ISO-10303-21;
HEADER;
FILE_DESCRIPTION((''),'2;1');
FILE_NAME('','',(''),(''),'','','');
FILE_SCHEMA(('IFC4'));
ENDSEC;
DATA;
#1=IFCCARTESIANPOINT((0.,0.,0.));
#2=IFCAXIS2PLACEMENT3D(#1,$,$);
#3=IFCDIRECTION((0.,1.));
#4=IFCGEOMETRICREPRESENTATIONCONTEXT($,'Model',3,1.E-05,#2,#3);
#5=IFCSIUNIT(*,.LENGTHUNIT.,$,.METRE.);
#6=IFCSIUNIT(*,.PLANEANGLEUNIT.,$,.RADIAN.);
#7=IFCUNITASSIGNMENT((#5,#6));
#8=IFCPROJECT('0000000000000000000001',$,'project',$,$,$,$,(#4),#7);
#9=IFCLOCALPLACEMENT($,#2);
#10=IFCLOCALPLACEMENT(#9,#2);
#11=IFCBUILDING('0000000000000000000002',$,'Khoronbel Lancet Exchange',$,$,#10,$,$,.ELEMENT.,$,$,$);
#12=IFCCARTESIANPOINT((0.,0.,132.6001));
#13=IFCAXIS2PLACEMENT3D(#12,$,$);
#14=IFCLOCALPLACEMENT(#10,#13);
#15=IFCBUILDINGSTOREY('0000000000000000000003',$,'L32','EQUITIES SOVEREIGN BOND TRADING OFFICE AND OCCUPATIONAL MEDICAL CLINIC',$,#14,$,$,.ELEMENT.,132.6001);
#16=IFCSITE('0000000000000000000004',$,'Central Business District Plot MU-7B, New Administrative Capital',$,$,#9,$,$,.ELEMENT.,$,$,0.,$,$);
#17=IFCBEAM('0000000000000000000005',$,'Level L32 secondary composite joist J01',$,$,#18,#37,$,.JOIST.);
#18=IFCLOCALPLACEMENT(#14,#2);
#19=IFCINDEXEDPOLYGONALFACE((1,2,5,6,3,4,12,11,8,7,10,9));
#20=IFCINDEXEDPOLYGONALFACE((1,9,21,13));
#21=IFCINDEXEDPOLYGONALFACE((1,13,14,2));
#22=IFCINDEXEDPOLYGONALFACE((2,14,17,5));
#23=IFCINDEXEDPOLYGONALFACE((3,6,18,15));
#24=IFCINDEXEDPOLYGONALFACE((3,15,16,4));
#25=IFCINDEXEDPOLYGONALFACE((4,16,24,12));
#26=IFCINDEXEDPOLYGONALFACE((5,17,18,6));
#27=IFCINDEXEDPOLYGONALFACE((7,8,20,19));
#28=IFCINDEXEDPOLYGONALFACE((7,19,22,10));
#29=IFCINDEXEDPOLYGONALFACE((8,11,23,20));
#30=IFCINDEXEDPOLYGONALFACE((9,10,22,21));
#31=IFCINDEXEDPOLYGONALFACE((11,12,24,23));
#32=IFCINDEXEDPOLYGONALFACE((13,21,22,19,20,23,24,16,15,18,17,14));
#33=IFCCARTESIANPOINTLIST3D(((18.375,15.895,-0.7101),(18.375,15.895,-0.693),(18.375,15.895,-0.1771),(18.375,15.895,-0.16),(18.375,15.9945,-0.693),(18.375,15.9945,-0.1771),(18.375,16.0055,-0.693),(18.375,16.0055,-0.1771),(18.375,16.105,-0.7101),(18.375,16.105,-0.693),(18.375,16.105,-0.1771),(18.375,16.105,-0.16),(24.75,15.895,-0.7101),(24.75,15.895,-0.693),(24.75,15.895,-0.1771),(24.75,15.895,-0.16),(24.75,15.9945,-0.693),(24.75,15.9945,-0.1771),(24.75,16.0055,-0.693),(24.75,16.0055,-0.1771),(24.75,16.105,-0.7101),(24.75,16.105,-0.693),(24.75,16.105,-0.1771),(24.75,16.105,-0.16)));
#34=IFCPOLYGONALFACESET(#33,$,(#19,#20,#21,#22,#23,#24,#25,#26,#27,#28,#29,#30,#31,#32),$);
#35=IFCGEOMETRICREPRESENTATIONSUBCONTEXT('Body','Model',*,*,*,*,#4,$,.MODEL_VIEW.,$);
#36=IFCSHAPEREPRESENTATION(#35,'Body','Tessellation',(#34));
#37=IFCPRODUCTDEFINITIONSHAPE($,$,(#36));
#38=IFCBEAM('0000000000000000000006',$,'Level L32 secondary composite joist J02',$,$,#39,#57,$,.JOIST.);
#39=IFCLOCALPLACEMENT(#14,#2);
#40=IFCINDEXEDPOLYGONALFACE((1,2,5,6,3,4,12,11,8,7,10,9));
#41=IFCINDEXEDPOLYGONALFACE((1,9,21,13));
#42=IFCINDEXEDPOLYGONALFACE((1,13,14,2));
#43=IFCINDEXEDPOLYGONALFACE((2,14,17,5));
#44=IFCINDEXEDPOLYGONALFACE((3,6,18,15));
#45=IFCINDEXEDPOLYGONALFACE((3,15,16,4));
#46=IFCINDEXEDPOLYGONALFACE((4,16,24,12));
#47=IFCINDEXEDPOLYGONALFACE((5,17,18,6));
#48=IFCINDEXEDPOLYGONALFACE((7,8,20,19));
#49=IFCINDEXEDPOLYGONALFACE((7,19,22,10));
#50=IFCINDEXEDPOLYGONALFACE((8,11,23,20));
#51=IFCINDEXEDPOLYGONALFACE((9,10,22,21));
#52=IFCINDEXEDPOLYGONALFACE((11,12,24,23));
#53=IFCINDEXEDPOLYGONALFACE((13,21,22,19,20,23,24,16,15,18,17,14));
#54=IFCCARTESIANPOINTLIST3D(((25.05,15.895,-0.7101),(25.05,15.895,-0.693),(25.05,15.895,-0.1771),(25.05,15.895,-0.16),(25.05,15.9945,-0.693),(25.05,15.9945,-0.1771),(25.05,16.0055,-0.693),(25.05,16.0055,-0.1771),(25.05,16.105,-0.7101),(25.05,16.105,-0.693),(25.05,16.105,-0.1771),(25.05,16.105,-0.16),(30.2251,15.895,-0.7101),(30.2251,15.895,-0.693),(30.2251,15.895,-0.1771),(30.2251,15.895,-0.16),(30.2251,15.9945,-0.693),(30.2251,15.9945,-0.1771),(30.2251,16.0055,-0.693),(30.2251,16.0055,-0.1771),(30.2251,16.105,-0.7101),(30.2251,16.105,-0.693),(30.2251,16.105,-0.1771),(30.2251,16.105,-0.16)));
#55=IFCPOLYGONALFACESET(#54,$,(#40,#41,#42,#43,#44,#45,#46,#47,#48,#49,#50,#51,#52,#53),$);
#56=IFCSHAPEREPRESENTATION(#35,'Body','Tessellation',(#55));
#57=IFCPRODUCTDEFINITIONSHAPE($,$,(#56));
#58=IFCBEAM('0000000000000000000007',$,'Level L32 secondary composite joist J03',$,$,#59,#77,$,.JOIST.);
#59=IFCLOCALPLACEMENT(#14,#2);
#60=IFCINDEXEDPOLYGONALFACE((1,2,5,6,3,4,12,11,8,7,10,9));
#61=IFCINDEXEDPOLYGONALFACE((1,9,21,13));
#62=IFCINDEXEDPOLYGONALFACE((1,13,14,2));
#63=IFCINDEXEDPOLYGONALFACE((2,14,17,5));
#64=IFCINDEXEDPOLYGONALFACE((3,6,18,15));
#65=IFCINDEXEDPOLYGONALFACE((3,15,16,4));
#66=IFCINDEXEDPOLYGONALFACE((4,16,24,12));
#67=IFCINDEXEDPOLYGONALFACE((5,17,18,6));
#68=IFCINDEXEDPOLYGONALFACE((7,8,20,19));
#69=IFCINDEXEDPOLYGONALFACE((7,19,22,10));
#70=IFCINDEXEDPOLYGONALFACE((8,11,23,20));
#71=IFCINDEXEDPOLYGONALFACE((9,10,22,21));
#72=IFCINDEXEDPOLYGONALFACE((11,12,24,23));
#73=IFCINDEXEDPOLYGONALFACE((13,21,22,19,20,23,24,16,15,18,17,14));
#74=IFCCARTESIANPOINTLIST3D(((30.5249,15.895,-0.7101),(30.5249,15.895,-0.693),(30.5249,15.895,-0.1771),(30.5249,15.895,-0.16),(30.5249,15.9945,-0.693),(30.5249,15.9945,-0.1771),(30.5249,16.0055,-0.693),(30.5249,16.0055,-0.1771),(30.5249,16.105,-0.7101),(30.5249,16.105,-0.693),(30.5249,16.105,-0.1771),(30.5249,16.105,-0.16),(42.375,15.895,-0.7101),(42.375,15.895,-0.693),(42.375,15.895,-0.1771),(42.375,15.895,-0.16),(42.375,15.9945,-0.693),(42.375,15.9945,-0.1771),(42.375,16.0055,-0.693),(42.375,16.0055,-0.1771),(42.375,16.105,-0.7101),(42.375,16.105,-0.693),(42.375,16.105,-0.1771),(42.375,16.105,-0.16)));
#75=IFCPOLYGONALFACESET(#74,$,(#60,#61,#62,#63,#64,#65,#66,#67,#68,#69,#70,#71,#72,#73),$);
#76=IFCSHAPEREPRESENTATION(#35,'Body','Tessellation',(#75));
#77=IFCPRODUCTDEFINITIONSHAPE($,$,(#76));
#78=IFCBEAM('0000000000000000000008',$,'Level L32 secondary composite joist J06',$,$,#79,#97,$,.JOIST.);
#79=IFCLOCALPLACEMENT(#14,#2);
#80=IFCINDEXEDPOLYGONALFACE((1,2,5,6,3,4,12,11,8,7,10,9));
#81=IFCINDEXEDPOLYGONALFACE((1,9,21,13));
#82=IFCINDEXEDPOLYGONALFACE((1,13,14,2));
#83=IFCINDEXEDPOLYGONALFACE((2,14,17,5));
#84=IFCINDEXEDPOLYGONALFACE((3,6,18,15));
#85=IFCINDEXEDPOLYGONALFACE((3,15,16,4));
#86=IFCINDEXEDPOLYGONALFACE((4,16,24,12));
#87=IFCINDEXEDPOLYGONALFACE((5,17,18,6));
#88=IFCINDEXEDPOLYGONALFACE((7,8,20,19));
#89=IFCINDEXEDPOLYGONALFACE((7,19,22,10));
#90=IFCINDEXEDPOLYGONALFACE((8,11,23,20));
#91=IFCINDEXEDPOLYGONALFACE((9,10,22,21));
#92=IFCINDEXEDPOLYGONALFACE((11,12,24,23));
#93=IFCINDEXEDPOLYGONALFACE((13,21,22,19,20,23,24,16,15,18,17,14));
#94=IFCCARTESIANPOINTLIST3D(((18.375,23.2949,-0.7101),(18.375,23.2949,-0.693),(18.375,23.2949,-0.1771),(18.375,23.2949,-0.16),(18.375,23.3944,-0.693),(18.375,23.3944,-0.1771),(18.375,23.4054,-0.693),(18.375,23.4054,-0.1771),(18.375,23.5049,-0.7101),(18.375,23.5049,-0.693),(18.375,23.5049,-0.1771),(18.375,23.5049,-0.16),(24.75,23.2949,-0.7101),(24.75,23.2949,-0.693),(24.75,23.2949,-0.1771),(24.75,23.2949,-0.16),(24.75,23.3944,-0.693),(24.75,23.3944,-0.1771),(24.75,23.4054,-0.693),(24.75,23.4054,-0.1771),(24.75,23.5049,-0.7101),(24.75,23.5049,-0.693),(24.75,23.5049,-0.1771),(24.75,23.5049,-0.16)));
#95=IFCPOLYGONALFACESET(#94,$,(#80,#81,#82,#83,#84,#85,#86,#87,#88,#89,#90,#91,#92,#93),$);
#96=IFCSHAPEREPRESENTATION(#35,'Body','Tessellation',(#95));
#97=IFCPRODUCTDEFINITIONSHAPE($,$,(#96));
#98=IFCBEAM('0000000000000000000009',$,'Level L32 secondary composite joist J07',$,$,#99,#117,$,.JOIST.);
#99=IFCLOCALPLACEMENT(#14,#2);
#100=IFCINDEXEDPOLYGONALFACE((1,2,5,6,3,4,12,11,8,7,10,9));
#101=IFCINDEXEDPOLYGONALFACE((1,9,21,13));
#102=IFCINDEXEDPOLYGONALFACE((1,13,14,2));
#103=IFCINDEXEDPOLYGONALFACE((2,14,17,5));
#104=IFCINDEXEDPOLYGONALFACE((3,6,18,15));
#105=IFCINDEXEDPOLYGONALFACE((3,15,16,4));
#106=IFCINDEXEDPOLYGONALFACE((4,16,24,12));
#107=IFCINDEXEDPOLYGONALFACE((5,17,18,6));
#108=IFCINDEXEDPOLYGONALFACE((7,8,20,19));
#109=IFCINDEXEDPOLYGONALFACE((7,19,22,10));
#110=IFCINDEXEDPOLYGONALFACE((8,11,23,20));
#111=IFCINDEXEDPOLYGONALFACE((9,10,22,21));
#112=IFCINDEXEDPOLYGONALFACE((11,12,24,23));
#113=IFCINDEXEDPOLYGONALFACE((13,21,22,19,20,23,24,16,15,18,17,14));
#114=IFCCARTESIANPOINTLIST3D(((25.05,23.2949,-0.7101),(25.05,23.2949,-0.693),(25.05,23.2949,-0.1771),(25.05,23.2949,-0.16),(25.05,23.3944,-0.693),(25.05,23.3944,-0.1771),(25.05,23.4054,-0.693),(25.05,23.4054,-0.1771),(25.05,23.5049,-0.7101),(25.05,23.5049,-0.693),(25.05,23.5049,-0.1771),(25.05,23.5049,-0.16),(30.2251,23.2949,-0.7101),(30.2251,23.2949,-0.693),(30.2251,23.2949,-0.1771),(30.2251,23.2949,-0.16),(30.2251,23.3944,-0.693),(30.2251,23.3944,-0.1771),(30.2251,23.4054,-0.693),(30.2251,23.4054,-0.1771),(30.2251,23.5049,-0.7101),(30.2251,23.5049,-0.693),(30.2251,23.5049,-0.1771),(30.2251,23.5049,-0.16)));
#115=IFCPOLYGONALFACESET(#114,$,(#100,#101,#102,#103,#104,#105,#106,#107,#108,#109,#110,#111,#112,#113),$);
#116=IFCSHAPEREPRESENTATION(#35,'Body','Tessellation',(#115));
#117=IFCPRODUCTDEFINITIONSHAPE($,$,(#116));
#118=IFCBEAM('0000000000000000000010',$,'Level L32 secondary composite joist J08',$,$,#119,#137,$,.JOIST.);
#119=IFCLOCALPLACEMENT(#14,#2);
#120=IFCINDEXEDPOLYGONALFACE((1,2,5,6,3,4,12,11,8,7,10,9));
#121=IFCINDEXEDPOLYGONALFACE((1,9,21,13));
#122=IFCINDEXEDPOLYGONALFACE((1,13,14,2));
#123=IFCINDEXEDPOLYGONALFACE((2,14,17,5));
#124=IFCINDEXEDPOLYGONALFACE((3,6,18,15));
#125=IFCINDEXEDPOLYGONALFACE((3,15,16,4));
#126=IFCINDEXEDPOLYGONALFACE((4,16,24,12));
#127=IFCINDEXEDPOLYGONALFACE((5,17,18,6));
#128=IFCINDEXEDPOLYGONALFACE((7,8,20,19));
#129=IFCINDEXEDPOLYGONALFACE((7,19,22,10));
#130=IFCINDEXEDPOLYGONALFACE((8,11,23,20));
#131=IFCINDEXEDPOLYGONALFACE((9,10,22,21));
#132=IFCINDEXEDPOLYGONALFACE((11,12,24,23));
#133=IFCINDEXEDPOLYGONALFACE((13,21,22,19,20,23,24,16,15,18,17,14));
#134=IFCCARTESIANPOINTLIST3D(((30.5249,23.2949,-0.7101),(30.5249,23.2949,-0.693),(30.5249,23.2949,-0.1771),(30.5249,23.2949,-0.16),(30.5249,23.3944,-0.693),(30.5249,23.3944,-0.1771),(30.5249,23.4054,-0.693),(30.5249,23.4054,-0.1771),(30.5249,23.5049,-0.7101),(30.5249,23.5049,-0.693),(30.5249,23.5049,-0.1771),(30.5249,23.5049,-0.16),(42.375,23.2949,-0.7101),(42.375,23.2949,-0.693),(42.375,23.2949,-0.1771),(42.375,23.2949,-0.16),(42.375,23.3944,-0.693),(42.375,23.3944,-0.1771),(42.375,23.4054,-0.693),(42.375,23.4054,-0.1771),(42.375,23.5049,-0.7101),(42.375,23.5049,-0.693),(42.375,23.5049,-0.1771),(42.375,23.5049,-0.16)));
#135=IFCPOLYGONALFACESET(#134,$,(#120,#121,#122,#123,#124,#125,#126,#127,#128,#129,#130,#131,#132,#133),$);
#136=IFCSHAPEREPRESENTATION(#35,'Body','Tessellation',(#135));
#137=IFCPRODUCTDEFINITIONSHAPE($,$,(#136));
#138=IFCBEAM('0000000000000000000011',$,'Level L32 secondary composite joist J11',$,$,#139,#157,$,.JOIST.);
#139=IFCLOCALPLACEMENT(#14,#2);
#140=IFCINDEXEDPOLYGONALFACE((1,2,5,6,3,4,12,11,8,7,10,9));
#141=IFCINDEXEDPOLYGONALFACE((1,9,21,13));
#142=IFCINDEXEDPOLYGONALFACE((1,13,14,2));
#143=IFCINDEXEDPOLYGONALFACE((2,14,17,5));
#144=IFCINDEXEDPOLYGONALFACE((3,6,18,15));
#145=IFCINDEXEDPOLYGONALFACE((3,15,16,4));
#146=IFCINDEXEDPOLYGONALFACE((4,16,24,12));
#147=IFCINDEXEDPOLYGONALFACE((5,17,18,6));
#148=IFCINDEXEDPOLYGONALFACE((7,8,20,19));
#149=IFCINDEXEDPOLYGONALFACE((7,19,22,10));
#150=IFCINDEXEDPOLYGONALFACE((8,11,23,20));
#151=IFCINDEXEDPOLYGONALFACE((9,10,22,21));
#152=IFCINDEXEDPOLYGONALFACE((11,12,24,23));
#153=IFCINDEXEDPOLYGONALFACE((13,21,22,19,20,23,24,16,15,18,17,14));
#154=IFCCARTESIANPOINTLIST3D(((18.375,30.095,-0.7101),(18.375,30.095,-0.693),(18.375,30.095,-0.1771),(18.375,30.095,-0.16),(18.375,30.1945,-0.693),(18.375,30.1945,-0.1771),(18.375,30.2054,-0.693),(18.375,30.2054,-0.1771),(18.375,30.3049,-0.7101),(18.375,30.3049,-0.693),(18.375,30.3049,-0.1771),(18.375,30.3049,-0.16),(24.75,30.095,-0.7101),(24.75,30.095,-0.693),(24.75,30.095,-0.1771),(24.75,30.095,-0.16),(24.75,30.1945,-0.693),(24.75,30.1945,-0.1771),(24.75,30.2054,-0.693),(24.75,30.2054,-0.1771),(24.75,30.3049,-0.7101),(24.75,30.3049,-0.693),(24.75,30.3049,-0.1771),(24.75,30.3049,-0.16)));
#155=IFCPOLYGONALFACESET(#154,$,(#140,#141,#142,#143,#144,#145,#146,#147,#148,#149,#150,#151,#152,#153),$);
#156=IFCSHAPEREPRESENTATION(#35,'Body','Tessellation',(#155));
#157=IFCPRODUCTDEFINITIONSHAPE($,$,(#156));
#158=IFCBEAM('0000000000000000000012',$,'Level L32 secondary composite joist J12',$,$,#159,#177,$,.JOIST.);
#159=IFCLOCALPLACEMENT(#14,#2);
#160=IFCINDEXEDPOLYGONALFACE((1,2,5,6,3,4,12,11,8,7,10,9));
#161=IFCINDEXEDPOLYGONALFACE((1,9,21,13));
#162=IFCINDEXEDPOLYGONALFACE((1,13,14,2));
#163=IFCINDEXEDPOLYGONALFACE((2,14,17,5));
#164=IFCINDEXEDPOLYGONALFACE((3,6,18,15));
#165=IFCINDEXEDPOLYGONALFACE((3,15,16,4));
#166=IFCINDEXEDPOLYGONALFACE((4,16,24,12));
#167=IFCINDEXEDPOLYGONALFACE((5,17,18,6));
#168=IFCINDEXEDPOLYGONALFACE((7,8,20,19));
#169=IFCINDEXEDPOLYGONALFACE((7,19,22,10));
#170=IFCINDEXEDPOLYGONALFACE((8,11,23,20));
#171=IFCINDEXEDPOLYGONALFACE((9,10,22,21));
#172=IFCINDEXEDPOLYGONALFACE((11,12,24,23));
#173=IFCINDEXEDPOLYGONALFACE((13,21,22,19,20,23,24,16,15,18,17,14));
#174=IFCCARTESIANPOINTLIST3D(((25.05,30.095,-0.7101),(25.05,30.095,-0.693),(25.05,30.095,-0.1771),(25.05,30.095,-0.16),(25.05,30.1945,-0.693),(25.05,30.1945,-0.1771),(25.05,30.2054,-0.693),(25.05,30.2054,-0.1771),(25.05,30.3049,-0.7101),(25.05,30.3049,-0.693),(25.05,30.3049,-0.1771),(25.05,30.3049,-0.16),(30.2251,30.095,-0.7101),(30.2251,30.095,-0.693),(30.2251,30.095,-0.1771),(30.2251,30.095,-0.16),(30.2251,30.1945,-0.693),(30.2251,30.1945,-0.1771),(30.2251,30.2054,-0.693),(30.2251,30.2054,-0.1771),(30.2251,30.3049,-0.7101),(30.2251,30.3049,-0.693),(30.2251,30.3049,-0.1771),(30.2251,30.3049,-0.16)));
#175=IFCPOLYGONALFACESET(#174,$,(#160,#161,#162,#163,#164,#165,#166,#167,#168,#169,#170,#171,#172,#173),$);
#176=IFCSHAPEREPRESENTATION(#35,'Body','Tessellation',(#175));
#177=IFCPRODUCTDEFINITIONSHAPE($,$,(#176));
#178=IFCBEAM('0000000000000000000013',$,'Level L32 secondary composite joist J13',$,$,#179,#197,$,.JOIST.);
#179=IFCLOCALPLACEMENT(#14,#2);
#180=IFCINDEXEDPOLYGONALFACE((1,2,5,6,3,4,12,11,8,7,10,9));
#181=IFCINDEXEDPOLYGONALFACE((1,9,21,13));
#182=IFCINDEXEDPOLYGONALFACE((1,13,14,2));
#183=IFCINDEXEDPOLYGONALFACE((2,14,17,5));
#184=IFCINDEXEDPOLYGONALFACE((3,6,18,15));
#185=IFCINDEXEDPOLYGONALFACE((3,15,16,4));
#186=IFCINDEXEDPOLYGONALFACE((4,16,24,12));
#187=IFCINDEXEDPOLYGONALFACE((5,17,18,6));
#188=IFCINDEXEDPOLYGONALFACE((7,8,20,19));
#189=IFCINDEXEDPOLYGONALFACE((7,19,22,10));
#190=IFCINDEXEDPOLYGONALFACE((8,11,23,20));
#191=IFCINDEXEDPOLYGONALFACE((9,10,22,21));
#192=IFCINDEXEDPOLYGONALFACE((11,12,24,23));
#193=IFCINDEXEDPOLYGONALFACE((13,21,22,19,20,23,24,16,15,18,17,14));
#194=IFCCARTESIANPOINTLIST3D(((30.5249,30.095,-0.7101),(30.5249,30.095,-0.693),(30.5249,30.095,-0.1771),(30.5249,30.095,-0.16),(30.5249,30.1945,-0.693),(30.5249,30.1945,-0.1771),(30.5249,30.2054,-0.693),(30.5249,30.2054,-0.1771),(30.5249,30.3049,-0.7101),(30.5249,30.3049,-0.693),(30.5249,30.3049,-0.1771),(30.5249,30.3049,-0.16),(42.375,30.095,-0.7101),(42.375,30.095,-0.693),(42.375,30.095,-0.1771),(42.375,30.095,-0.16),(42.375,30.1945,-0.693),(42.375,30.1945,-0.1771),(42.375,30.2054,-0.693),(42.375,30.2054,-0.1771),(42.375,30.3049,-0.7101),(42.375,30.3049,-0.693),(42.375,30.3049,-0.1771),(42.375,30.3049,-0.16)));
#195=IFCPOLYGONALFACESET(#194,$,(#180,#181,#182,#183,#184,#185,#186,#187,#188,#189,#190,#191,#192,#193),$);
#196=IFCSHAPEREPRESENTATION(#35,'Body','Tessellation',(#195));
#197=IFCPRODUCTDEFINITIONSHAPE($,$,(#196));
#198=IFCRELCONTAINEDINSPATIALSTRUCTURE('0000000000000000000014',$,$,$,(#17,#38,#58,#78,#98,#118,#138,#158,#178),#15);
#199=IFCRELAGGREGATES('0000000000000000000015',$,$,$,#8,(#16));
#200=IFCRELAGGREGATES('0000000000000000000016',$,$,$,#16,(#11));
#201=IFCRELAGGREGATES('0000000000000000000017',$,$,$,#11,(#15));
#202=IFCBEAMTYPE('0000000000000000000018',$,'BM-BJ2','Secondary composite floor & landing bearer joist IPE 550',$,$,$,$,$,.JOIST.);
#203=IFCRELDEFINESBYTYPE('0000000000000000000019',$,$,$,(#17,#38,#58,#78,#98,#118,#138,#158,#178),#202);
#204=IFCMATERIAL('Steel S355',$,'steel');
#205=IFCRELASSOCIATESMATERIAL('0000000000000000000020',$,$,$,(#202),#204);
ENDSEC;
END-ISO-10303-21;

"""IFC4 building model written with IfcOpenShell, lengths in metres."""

from ifc_helpers import new_model, si_unit, direction, frame, origin, origin_2d, place, context, subcontext, project, spatial, i_section, extrude, material, material_profile, profile_set, type_object, element, save


model = new_model("IFC4")

# Units and contexts
model_context = context("Model", 3, precision=1e-05, world=origin(), true_north=direction((0.0, 1.0)))
body_context = subcontext(model_context, "Body", "Model", "MODEL_VIEW")
ifc_project = project(units=[si_unit("LENGTHUNIT", "METRE"), si_unit("PLANEANGLEUNIT", "RADIAN")], contexts=[model_context])

# Site, building, storey
site_placement = place(None, origin())
site = spatial("IfcSite", under=ifc_project, at=site_placement, Name="Central Business District Plot MU-7B, New Administrative Capital", CompositionType="ELEMENT", RefElevation=0.0)
building_placement = place(site_placement, origin())
building = spatial("IfcBuilding", under=site, at=building_placement, Name="Khoronbel Lancet Exchange", CompositionType="ELEMENT")
storey_placement = place(building_placement, frame((0.0, 0.0, 132.6001)))
storey = spatial("IfcBuildingStorey", under=building, at=storey_placement, Name="L32", Description="EQUITIES SOVEREIGN BOND TRADING OFFICE AND OCCUPATIONAL MEDICAL CLINIC", CompositionType="ELEMENT", Elevation=132.6001)

# Beams
ifc_material_1 = material(Name="Steel S355", Category="steel")
ifc_material_profile = material_profile(ifc_material_1, i_section(OverallWidth=0.21, OverallDepth=0.55, WebThickness=0.011, FlangeThickness=0.0171, at=origin_2d()), Name="IPE 550")
ifc_profile_set = profile_set([ifc_material_profile], Name="Steel S355")
beam_type = type_object("IfcBeamType", Name="BM-BJ2", Description="Secondary composite floor & landing bearer joist IPE 550", PredefinedType="JOIST", material=ifc_profile_set)
beam_1_placement = place(storey_placement, frame((18.375, 16.0, -0.4351), z_axis=(1.0, 0.0, 0.0), x_axis=(0.0, 1.0, 0.0)))
element("IfcBeam", 1, at=beam_1_placement, inside=storey, type_object=beam_type, Name="Level L32 secondary composite joist J01", PredefinedType="JOIST", context=body_context, shape_type="SweptSolid", body=[
    extrude(i_section(OverallWidth=0.21, OverallDepth=0.55, WebThickness=0.011, FlangeThickness=0.0171, at=origin_2d()), origin(), (0.0, 0.0, 1.0), 6.375),
])
beam_2_placement = place(storey_placement, frame((25.05, 16.0, -0.4351), z_axis=(1.0, 0.0, 0.0), x_axis=(0.0, 1.0, 0.0)))
element("IfcBeam", 2, at=beam_2_placement, inside=storey, type_object=beam_type, Name="Level L32 secondary composite joist J02", PredefinedType="JOIST", context=body_context, shape_type="SweptSolid", body=[
    extrude(i_section(OverallWidth=0.21, OverallDepth=0.55, WebThickness=0.011, FlangeThickness=0.0171, at=origin_2d()), origin(), (0.0, 0.0, 1.0), 5.175),
])
beam_3_placement = place(storey_placement, frame((30.5249, 16.0, -0.4351), z_axis=(1.0, 0.0, 0.0), x_axis=(0.0, 1.0, 0.0)))
element("IfcBeam", 3, at=beam_3_placement, inside=storey, type_object=beam_type, Name="Level L32 secondary composite joist J03", PredefinedType="JOIST", context=body_context, shape_type="SweptSolid", body=[
    extrude(i_section(OverallWidth=0.21, OverallDepth=0.55, WebThickness=0.011, FlangeThickness=0.0171, at=origin_2d()), origin(), (0.0, 0.0, 1.0), 11.8501),
])
beam_4_placement = place(storey_placement, frame((18.375, 23.3999, -0.4351), z_axis=(1.0, 0.0, 0.0), x_axis=(0.0, 1.0, 0.0)))
element("IfcBeam", 4, at=beam_4_placement, inside=storey, type_object=beam_type, Name="Level L32 secondary composite joist J06", PredefinedType="JOIST", context=body_context, shape_type="SweptSolid", body=[
    extrude(i_section(OverallWidth=0.21, OverallDepth=0.55, WebThickness=0.011, FlangeThickness=0.0171, at=origin_2d()), origin(), (0.0, 0.0, 1.0), 6.375),
])
beam_5_placement = place(storey_placement, frame((25.05, 23.3999, -0.4351), z_axis=(1.0, 0.0, 0.0), x_axis=(0.0, 1.0, 0.0)))
element("IfcBeam", 5, at=beam_5_placement, inside=storey, type_object=beam_type, Name="Level L32 secondary composite joist J07", PredefinedType="JOIST", context=body_context, shape_type="SweptSolid", body=[
    extrude(i_section(OverallWidth=0.21, OverallDepth=0.55, WebThickness=0.011, FlangeThickness=0.0171, at=origin_2d()), origin(), (0.0, 0.0, 1.0), 5.175),
])
beam_6_placement = place(storey_placement, frame((30.5249, 23.3999, -0.4351), z_axis=(1.0, 0.0, 0.0), x_axis=(0.0, 1.0, 0.0)))
element("IfcBeam", 6, at=beam_6_placement, inside=storey, type_object=beam_type, Name="Level L32 secondary composite joist J08", PredefinedType="JOIST", context=body_context, shape_type="SweptSolid", body=[
    extrude(i_section(OverallWidth=0.21, OverallDepth=0.55, WebThickness=0.011, FlangeThickness=0.0171, at=origin_2d()), origin(), (0.0, 0.0, 1.0), 11.8501),
])
beam_7_placement = place(storey_placement, frame((18.375, 30.2, -0.4351), z_axis=(1.0, 0.0, 0.0), x_axis=(0.0, 1.0, 0.0)))
element("IfcBeam", 7, at=beam_7_placement, inside=storey, type_object=beam_type, Name="Level L32 secondary composite joist J11", PredefinedType="JOIST", context=body_context, shape_type="SweptSolid", body=[
    extrude(i_section(OverallWidth=0.21, OverallDepth=0.55, WebThickness=0.011, FlangeThickness=0.0171, at=origin_2d()), origin(), (0.0, 0.0, 1.0), 6.375),
])
beam_8_placement = place(storey_placement, frame((25.05, 30.2, -0.4351), z_axis=(1.0, 0.0, 0.0), x_axis=(0.0, 1.0, 0.0)))
element("IfcBeam", 8, at=beam_8_placement, inside=storey, type_object=beam_type, Name="Level L32 secondary composite joist J12", PredefinedType="JOIST", context=body_context, shape_type="SweptSolid", body=[
    extrude(i_section(OverallWidth=0.21, OverallDepth=0.55, WebThickness=0.011, FlangeThickness=0.0171, at=origin_2d()), origin(), (0.0, 0.0, 1.0), 5.175),
])
beam_9_placement = place(storey_placement, frame((30.5249, 30.2, -0.4351), z_axis=(1.0, 0.0, 0.0), x_axis=(0.0, 1.0, 0.0)))
element("IfcBeam", 9, at=beam_9_placement, inside=storey, type_object=beam_type, Name="Level L32 secondary composite joist J13", PredefinedType="JOIST", context=body_context, shape_type="SweptSolid", body=[
    extrude(i_section(OverallWidth=0.21, OverallDepth=0.55, WebThickness=0.011, FlangeThickness=0.0171, at=origin_2d()), origin(), (0.0, 0.0, 1.0), 11.8501),
])

save(model, "model.ifc")
